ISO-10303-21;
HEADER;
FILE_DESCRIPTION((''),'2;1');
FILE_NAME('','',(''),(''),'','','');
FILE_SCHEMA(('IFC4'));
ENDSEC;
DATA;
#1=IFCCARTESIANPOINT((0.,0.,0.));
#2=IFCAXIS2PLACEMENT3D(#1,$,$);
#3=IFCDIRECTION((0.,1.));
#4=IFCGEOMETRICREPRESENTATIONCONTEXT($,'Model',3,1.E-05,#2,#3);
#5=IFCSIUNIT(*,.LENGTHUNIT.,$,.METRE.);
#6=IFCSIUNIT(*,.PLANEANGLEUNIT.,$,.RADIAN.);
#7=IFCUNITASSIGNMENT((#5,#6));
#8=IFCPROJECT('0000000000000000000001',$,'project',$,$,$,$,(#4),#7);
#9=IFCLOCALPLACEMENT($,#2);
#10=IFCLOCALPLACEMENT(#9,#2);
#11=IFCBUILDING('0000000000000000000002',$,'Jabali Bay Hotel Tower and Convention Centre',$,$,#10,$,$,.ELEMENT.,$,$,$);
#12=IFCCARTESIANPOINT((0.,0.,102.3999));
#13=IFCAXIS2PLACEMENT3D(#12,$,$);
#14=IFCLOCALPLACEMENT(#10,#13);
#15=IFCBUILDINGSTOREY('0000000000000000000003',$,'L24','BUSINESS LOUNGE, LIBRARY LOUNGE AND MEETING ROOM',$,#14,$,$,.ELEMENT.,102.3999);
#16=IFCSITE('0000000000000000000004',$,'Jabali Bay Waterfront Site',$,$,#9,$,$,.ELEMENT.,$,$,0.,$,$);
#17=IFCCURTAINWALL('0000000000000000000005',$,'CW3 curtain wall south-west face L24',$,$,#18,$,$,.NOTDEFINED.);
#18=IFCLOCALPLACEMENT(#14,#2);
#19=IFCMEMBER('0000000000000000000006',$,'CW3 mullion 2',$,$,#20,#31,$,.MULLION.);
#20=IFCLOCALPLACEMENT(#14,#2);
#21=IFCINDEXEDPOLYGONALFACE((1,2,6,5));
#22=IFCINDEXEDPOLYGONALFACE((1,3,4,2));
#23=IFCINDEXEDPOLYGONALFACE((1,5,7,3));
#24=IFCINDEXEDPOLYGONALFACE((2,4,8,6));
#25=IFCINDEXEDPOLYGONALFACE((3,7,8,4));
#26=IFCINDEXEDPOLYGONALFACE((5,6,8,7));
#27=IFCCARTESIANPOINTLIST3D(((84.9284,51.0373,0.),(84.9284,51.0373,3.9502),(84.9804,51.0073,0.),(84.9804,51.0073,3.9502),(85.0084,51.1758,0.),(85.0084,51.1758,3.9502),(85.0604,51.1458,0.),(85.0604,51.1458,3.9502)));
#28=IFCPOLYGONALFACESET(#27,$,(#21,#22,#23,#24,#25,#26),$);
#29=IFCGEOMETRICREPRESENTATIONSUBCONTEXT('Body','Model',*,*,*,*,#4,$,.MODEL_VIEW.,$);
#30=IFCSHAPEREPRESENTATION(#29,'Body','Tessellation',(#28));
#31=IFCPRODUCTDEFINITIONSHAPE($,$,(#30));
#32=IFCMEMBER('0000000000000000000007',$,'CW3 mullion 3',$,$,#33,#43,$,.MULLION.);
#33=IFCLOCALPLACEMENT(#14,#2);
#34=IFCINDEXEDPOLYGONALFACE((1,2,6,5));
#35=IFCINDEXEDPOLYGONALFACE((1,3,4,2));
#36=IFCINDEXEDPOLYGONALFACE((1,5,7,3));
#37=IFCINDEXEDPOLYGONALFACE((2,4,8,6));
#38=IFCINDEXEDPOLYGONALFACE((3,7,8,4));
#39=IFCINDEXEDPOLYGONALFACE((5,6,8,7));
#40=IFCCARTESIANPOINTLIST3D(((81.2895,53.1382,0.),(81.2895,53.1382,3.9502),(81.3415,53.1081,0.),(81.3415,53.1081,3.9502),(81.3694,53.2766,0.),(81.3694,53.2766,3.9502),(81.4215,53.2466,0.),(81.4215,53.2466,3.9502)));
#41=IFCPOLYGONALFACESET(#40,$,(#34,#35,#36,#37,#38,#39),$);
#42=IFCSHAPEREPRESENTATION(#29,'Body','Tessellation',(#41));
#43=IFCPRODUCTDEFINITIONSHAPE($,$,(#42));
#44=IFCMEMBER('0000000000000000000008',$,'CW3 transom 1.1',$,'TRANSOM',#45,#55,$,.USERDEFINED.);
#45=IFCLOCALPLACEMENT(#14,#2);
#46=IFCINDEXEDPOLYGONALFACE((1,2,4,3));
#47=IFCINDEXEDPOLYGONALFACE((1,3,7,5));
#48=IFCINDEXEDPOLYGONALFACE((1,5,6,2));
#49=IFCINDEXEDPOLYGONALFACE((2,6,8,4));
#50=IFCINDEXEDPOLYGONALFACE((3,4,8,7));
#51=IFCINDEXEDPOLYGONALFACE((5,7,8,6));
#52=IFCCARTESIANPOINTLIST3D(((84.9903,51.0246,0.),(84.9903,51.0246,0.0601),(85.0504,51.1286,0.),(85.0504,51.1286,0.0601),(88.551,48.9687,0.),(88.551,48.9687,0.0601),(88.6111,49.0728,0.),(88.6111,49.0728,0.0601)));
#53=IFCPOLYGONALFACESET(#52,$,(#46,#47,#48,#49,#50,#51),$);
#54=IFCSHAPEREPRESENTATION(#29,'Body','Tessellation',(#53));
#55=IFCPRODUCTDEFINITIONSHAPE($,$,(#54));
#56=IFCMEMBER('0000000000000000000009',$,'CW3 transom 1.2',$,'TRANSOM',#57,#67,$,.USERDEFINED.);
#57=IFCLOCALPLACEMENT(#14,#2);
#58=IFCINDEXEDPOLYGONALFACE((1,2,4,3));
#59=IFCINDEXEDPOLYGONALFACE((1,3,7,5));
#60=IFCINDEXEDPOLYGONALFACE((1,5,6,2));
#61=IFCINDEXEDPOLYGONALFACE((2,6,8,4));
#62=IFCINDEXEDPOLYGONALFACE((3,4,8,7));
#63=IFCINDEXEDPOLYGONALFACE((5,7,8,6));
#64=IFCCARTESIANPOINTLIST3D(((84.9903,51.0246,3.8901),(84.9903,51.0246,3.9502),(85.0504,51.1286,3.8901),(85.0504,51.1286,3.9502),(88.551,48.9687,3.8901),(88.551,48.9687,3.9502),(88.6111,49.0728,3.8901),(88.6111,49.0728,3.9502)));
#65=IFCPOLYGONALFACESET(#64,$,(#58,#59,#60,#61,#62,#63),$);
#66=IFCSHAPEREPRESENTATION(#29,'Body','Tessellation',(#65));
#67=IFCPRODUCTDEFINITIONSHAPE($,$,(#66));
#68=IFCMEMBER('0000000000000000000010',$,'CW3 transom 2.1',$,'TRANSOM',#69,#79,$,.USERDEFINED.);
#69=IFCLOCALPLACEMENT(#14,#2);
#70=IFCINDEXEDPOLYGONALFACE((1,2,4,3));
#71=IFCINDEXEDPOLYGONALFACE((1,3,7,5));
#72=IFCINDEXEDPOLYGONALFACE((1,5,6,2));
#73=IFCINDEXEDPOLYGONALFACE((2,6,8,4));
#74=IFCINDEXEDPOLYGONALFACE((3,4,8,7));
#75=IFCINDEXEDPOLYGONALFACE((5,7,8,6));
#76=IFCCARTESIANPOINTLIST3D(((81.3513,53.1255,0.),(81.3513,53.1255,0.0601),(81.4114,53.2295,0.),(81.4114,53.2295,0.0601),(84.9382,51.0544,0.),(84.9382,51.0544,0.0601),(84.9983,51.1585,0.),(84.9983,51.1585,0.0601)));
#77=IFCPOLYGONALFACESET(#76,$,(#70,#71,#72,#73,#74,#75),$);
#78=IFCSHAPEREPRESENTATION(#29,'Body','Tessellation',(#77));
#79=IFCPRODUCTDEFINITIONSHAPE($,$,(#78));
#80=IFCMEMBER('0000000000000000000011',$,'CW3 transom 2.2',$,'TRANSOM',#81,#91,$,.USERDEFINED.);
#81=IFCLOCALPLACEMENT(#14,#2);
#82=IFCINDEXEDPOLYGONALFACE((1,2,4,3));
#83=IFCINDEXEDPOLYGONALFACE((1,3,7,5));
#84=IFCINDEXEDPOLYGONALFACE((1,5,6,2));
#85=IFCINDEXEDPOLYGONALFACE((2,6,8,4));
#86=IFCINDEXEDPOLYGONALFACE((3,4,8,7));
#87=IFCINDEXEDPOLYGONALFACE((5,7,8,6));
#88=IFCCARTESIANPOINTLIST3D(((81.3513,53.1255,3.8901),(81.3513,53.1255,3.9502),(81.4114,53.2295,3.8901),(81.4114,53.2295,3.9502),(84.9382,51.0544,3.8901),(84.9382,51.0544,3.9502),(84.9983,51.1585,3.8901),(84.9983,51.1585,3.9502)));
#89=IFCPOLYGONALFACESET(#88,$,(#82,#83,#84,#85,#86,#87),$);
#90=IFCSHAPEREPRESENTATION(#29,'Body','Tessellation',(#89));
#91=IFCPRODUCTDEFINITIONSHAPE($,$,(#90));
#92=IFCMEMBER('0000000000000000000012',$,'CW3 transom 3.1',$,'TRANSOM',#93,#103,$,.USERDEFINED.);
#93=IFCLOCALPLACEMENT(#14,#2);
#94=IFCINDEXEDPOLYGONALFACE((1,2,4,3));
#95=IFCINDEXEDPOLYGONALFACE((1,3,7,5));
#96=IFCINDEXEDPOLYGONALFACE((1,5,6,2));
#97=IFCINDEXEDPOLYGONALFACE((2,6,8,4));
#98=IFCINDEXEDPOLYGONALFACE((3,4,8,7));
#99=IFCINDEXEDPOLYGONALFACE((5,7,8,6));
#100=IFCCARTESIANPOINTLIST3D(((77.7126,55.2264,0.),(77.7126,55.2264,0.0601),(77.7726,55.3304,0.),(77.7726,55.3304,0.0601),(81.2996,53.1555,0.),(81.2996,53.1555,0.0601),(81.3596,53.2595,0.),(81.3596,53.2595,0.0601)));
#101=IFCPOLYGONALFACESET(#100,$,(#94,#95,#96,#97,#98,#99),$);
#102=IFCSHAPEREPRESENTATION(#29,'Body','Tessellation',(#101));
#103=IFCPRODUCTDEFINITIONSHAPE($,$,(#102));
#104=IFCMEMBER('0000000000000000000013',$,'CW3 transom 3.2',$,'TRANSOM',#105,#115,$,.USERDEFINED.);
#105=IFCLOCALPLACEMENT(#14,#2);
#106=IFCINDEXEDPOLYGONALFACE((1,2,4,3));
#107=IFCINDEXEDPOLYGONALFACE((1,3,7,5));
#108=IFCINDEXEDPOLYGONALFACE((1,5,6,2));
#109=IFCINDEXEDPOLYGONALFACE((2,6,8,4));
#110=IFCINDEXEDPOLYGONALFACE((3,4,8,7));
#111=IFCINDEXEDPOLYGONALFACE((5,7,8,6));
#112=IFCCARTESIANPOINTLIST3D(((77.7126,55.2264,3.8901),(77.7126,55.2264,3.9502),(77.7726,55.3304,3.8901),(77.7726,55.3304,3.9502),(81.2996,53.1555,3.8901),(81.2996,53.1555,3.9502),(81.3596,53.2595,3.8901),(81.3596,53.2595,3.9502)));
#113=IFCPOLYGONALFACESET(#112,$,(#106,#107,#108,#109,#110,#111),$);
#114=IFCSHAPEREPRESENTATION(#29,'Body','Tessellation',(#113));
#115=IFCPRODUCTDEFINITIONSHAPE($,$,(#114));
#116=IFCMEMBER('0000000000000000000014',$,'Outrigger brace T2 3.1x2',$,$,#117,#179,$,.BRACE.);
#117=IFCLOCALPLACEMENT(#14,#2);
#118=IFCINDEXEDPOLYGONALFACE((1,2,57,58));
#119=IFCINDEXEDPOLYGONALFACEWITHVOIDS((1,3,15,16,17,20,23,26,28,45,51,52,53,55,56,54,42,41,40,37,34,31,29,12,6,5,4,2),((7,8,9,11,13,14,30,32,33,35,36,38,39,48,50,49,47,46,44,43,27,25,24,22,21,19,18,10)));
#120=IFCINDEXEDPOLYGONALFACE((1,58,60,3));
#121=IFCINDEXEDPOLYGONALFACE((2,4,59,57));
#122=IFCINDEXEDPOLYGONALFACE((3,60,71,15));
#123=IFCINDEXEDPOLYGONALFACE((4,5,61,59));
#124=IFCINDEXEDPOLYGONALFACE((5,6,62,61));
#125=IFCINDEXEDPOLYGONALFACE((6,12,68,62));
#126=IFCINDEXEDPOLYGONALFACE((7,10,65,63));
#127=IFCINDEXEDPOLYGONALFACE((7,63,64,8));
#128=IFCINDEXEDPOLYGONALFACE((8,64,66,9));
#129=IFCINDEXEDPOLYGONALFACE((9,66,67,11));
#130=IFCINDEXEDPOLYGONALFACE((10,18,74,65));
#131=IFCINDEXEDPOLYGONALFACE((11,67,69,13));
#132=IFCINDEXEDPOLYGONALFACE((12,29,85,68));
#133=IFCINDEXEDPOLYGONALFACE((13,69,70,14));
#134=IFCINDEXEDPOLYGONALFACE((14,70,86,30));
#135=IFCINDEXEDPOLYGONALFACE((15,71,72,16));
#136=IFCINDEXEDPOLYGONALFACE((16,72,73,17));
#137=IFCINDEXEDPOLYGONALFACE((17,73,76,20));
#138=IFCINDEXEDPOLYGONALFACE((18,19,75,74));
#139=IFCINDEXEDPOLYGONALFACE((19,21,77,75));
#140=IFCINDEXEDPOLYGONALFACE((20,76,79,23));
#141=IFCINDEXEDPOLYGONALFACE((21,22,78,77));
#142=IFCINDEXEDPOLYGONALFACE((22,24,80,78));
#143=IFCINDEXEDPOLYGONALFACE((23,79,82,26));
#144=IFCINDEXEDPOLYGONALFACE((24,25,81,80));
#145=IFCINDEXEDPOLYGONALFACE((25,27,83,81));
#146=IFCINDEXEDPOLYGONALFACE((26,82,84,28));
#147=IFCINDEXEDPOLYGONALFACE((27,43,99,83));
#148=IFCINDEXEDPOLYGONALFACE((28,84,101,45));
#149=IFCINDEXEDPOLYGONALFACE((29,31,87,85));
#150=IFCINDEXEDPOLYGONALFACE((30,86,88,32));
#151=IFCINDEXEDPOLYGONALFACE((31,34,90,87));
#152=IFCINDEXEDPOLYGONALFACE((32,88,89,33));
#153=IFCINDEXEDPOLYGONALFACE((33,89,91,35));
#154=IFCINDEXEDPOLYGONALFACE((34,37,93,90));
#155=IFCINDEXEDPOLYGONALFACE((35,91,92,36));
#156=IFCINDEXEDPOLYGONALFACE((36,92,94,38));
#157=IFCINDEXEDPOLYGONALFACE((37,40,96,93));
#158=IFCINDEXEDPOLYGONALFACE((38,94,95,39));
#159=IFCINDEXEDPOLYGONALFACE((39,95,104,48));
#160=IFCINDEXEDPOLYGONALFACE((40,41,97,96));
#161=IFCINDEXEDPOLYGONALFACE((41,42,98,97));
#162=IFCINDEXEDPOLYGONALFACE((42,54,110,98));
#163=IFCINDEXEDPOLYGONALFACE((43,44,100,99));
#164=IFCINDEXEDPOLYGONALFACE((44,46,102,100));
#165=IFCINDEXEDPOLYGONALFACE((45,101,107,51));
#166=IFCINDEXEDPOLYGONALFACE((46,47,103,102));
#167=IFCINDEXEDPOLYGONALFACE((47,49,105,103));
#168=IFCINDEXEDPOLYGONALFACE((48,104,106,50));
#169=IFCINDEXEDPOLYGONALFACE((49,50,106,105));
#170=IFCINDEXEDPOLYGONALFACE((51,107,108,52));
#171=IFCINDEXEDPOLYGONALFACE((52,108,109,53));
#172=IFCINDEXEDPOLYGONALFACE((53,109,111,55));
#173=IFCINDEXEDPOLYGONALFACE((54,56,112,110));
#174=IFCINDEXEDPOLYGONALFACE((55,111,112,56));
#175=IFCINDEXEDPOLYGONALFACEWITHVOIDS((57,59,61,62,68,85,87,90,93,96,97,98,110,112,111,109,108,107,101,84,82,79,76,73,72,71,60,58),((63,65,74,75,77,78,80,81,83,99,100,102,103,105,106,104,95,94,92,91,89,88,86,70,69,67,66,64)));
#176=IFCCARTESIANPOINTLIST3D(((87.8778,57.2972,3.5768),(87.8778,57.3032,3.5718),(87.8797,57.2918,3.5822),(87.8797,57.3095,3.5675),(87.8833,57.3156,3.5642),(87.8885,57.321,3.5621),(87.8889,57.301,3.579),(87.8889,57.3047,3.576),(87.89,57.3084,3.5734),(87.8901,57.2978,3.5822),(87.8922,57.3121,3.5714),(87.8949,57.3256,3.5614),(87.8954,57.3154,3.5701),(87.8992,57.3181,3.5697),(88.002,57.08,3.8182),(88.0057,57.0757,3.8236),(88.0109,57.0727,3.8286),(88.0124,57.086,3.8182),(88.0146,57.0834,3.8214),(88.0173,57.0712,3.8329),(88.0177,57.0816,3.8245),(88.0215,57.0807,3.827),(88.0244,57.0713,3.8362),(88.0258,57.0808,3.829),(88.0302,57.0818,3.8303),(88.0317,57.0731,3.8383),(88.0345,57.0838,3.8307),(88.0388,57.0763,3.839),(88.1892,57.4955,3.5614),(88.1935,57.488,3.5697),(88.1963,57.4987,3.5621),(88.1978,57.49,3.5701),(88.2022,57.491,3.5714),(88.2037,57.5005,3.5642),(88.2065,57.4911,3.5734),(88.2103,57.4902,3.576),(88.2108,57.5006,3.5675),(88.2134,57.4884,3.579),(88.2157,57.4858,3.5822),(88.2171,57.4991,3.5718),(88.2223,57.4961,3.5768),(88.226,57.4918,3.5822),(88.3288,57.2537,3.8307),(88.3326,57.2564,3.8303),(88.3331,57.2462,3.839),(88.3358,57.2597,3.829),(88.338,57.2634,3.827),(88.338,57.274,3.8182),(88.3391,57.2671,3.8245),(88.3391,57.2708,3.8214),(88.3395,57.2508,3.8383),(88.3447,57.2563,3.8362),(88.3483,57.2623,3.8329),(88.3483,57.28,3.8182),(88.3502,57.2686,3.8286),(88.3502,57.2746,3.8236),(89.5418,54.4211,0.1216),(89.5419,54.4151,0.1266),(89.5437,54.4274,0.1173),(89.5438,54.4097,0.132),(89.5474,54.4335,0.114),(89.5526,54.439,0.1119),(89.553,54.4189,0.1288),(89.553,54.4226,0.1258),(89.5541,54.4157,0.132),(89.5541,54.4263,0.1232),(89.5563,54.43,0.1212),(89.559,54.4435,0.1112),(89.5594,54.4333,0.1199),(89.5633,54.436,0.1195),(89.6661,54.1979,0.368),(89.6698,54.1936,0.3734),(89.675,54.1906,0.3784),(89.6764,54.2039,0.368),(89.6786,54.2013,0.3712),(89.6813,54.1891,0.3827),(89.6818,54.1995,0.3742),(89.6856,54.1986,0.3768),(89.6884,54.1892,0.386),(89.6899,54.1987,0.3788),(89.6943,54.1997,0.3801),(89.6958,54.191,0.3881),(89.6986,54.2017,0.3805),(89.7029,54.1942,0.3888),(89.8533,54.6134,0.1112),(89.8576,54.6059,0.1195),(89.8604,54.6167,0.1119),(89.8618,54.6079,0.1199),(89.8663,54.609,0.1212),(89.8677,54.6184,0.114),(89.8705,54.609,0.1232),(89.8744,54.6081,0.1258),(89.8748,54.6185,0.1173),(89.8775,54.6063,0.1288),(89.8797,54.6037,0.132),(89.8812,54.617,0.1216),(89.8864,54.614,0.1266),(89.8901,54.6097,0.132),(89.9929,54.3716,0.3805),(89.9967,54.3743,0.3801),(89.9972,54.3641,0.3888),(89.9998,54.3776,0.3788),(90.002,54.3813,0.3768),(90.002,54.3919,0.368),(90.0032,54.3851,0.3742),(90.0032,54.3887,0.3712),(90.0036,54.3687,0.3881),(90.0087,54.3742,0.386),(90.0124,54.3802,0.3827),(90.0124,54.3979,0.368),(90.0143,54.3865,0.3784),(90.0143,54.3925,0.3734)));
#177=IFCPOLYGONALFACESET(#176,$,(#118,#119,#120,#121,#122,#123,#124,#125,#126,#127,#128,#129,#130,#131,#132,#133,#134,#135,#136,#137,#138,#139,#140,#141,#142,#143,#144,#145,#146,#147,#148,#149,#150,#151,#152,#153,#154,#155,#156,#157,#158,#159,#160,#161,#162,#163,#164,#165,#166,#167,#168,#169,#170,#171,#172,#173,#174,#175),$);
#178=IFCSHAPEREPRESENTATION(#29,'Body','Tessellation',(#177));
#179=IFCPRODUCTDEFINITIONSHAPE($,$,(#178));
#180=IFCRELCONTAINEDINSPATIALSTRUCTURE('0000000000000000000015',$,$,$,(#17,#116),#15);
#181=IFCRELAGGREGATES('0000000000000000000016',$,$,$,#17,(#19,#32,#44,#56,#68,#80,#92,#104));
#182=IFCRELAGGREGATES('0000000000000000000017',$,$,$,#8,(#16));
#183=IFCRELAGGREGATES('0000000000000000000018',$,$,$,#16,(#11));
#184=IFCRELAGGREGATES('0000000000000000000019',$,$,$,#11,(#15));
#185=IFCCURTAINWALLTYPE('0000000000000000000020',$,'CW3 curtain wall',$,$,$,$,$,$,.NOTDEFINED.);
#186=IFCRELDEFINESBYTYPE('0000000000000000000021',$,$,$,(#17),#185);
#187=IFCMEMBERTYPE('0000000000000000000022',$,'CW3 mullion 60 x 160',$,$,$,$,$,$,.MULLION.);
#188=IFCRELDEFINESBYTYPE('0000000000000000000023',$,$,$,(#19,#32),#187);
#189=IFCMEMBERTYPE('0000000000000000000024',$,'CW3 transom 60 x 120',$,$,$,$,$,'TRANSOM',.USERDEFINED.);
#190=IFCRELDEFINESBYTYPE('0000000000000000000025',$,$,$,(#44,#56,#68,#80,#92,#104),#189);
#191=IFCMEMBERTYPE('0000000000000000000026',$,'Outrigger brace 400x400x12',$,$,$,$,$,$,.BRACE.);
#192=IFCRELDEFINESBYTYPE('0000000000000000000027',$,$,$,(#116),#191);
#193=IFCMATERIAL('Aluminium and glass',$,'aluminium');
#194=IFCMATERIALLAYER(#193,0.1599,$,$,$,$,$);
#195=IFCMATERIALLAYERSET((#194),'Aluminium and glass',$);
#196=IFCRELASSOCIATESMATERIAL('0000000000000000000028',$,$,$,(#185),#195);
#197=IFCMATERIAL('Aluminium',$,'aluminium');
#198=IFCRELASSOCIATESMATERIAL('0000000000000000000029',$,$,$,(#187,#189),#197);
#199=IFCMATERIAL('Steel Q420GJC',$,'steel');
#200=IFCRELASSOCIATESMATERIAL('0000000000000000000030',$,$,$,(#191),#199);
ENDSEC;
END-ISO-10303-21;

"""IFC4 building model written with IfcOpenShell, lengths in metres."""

from ifc_helpers import new_model, si_unit, direction, frame, origin, origin_2d, place, context, subcontext, project, spatial, rectangle, hollow_rectangle, extrude, material, layer, layer_set, material_profile, profile_set, type_object, element, aggregate, save


model = new_model("IFC4")

# Units and contexts
model_context = context("Model", 3, precision=1e-05, world=origin(), true_north=direction((0.0, 1.0)))
body_context = subcontext(model_context, "Body", "Model", "MODEL_VIEW")
ifc_project = project(units=[si_unit("LENGTHUNIT", "METRE"), si_unit("PLANEANGLEUNIT", "RADIAN")], contexts=[model_context])

# Site, building, storey
site_placement = place(None, origin())
site = spatial("IfcSite", under=ifc_project, at=site_placement, Name="Jabali Bay Waterfront Site", CompositionType="ELEMENT", RefElevation=0.0)
building_placement = place(site_placement, origin())
building = spatial("IfcBuilding", under=site, at=building_placement, Name="Jabali Bay Hotel Tower and Convention Centre", CompositionType="ELEMENT")
storey_placement = place(building_placement, frame((0.0, 0.0, 102.3999)))
storey = spatial("IfcBuildingStorey", under=building, at=storey_placement, Name="L24", Description="BUSINESS LOUNGE, LIBRARY LOUNGE AND MEETING ROOM", CompositionType="ELEMENT", Elevation=102.3999)

# Shared definitions
ifc_material_1 = material(Name="Steel Q420GJC", Category="steel")

# Curtain wall, members
ifc_material_2 = material(Name="Aluminium and glass", Category="aluminium")
ifc_layer_1 = layer(ifc_material_2, 0.1599)
ifc_layer_set_1 = layer_set([ifc_layer_1], Name="Aluminium and glass")
curtain_wall_type = type_object("IfcCurtainWallType", Name="CW3 curtain wall", PredefinedType="NOTDEFINED", material=ifc_layer_set_1)
curtain_wall_placement = place(storey_placement, origin())
curtain_wall = element("IfcCurtainWall", 1, at=curtain_wall_placement, inside=storey, type_object=curtain_wall_type, Name="CW3 curtain wall south-west face L24", PredefinedType="NOTDEFINED")
ifc_material_3 = material(Name="Aluminium", Category="aluminium")
ifc_material_profile_1 = material_profile(ifc_material_3, rectangle(XDim=0.1599, YDim=0.0601, at=origin_2d()), Name="CW3 mullion 60 x 160")
ifc_profile_set_1 = profile_set([ifc_material_profile_1], Name="Aluminium")
member_type_1 = type_object("IfcMemberType", Name="CW3 mullion 60 x 160", PredefinedType="MULLION", material=ifc_profile_set_1)
member_1_placement = place(storey_placement, frame((84.9944, 51.0916, 0.0), z_axis=(0.0, 0.0, 1.0), x_axis=(-0.5, -0.866025, 0.0)))
member_1 = element("IfcMember", 2, at=member_1_placement, type_object=member_type_1, Name="CW3 mullion 2", PredefinedType="MULLION", context=body_context, shape_type="SweptSolid", body=[
    extrude(rectangle(XDim=0.1599, YDim=0.0601, at=origin_2d()), origin(), (0.0, 0.0, 1.0), 3.9502),
])
member_2_placement = place(storey_placement, frame((81.3555, 53.1924, 0.0), z_axis=(0.0, 0.0, 1.0), x_axis=(-0.5, -0.866025, 0.0)))
member_2 = element("IfcMember", 3, at=member_2_placement, type_object=member_type_1, Name="CW3 mullion 3", PredefinedType="MULLION", context=body_context, shape_type="SweptSolid", body=[
    extrude(rectangle(XDim=0.1599, YDim=0.0601, at=origin_2d()), origin(), (0.0, 0.0, 1.0), 3.9502),
])
ifc_material_profile_2 = material_profile(ifc_material_3, rectangle(XDim=0.1201, YDim=0.0601, at=origin_2d()), Name="CW3 transom 60 x 120")
ifc_profile_set_2 = profile_set([ifc_material_profile_2], Name="Aluminium")
member_type_2 = type_object("IfcMemberType", Name="CW3 transom 60 x 120", ElementType="TRANSOM", PredefinedType="USERDEFINED", material=ifc_profile_set_2)
member_3_placement = place(storey_placement, frame((88.5811, 49.0208, 0.03), z_axis=(-0.866016, 0.500015, 0.0), x_axis=(-0.500015, -0.866016, 0.0)))
member_3 = element("IfcMember", 4, at=member_3_placement, type_object=member_type_2, Name="CW3 transom 1.1", ObjectType="TRANSOM", PredefinedType="USERDEFINED", context=body_context, shape_type="SweptSolid", body=[
    extrude(rectangle(XDim=0.1201, YDim=0.0601, at=origin_2d()), origin(), (0.0, 0.0, 1.0), 4.1116),
])
member_4_placement = place(storey_placement, frame((88.5811, 49.0208, 3.9202), z_axis=(-0.866016, 0.500015, 0.0), x_axis=(-0.500015, -0.866016, 0.0)))
member_4 = element("IfcMember", 5, at=member_4_placement, type_object=member_type_2, Name="CW3 transom 1.2", ObjectType="TRANSOM", PredefinedType="USERDEFINED", context=body_context, shape_type="SweptSolid", body=[
    extrude(rectangle(XDim=0.1201, YDim=0.0601, at=origin_2d()), origin(), (0.0, 0.0, 1.0), 4.1116),
])
member_5_placement = place(storey_placement, frame((84.9683, 51.1064, 0.03), z_axis=(-0.866011, 0.500025, 0.0), x_axis=(-0.500025, -0.866011, 0.0)))
member_5 = element("IfcMember", 6, at=member_5_placement, type_object=member_type_2, Name="CW3 transom 2.1", ObjectType="TRANSOM", PredefinedType="USERDEFINED", context=body_context, shape_type="SweptSolid", body=[
    extrude(rectangle(XDim=0.1201, YDim=0.0601, at=origin_2d()), origin(), (0.0, 0.0, 1.0), 4.1418),
])
member_6_placement = place(storey_placement, frame((84.9683, 51.1064, 3.9202), z_axis=(-0.866011, 0.500025, 0.0), x_axis=(-0.500025, -0.866011, 0.0)))
member_6 = element("IfcMember", 7, at=member_6_placement, type_object=member_type_2, Name="CW3 transom 2.2", ObjectType="TRANSOM", PredefinedType="USERDEFINED", context=body_context, shape_type="SweptSolid", body=[
    extrude(rectangle(XDim=0.1201, YDim=0.0601, at=origin_2d()), origin(), (0.0, 0.0, 1.0), 4.1418),
])
member_7_placement = place(storey_placement, frame((81.3296, 53.2075, 0.03), z_axis=(-0.866036, 0.499981, 0.0), x_axis=(-0.499981, -0.866036, 0.0)))
member_7 = element("IfcMember", 8, at=member_7_placement, type_object=member_type_2, Name="CW3 transom 3.1", ObjectType="TRANSOM", PredefinedType="USERDEFINED", context=body_context, shape_type="SweptSolid", body=[
    extrude(rectangle(XDim=0.1201, YDim=0.0601, at=origin_2d()), origin(), (0.0, 0.0, 1.0), 4.1418),
])
member_8_placement = place(storey_placement, frame((81.3296, 53.2075, 3.9202), z_axis=(-0.866036, 0.499981, 0.0), x_axis=(-0.499981, -0.866036, 0.0)))
member_8 = element("IfcMember", 9, at=member_8_placement, type_object=member_type_2, Name="CW3 transom 3.2", ObjectType="TRANSOM", PredefinedType="USERDEFINED", context=body_context, shape_type="SweptSolid", body=[
    extrude(rectangle(XDim=0.1201, YDim=0.0601, at=origin_2d()), origin(), (0.0, 0.0, 1.0), 4.1418),
])

# Member
ifc_material_profile_3 = material_profile(ifc_material_1, hollow_rectangle(XDim=0.3999, YDim=0.3999, WallThickness=0.012, InnerFilletRadius=0.0181, OuterFilletRadius=0.03, at=origin_2d()), Name="Outrigger brace 400x400x12")
ifc_profile_set_3 = profile_set([ifc_material_profile_3], Name="Steel Q420GJC")
member_type_3 = type_object("IfcMemberType", Name="Outrigger brace 400x400x12", PredefinedType="BRACE", material=ifc_profile_set_3)
member_9_placement = place(storey_placement, frame((89.7781, 54.4038, 0.25), z_axis=(-0.347137, 0.601225, 0.719739), x_axis=(-0.866013, -0.500021, 0.0)))
element("IfcMember", 10, at=member_9_placement, inside=storey, type_object=member_type_3, Name="Outrigger brace T2 3.1x2", PredefinedType="BRACE", context=body_context, shape_type="SweptSolid", body=[
    extrude(hollow_rectangle(XDim=0.3999, YDim=0.3999, WallThickness=0.012, InnerFilletRadius=0.0181, OuterFilletRadius=0.03, at=origin_2d()), origin(), (0.0, 0.0, 1.0), 4.7937),
])

aggregate(curtain_wall, [member_1, member_2, member_3, member_4, member_5, member_6, member_7, member_8])

save(model, "model.ifc")
